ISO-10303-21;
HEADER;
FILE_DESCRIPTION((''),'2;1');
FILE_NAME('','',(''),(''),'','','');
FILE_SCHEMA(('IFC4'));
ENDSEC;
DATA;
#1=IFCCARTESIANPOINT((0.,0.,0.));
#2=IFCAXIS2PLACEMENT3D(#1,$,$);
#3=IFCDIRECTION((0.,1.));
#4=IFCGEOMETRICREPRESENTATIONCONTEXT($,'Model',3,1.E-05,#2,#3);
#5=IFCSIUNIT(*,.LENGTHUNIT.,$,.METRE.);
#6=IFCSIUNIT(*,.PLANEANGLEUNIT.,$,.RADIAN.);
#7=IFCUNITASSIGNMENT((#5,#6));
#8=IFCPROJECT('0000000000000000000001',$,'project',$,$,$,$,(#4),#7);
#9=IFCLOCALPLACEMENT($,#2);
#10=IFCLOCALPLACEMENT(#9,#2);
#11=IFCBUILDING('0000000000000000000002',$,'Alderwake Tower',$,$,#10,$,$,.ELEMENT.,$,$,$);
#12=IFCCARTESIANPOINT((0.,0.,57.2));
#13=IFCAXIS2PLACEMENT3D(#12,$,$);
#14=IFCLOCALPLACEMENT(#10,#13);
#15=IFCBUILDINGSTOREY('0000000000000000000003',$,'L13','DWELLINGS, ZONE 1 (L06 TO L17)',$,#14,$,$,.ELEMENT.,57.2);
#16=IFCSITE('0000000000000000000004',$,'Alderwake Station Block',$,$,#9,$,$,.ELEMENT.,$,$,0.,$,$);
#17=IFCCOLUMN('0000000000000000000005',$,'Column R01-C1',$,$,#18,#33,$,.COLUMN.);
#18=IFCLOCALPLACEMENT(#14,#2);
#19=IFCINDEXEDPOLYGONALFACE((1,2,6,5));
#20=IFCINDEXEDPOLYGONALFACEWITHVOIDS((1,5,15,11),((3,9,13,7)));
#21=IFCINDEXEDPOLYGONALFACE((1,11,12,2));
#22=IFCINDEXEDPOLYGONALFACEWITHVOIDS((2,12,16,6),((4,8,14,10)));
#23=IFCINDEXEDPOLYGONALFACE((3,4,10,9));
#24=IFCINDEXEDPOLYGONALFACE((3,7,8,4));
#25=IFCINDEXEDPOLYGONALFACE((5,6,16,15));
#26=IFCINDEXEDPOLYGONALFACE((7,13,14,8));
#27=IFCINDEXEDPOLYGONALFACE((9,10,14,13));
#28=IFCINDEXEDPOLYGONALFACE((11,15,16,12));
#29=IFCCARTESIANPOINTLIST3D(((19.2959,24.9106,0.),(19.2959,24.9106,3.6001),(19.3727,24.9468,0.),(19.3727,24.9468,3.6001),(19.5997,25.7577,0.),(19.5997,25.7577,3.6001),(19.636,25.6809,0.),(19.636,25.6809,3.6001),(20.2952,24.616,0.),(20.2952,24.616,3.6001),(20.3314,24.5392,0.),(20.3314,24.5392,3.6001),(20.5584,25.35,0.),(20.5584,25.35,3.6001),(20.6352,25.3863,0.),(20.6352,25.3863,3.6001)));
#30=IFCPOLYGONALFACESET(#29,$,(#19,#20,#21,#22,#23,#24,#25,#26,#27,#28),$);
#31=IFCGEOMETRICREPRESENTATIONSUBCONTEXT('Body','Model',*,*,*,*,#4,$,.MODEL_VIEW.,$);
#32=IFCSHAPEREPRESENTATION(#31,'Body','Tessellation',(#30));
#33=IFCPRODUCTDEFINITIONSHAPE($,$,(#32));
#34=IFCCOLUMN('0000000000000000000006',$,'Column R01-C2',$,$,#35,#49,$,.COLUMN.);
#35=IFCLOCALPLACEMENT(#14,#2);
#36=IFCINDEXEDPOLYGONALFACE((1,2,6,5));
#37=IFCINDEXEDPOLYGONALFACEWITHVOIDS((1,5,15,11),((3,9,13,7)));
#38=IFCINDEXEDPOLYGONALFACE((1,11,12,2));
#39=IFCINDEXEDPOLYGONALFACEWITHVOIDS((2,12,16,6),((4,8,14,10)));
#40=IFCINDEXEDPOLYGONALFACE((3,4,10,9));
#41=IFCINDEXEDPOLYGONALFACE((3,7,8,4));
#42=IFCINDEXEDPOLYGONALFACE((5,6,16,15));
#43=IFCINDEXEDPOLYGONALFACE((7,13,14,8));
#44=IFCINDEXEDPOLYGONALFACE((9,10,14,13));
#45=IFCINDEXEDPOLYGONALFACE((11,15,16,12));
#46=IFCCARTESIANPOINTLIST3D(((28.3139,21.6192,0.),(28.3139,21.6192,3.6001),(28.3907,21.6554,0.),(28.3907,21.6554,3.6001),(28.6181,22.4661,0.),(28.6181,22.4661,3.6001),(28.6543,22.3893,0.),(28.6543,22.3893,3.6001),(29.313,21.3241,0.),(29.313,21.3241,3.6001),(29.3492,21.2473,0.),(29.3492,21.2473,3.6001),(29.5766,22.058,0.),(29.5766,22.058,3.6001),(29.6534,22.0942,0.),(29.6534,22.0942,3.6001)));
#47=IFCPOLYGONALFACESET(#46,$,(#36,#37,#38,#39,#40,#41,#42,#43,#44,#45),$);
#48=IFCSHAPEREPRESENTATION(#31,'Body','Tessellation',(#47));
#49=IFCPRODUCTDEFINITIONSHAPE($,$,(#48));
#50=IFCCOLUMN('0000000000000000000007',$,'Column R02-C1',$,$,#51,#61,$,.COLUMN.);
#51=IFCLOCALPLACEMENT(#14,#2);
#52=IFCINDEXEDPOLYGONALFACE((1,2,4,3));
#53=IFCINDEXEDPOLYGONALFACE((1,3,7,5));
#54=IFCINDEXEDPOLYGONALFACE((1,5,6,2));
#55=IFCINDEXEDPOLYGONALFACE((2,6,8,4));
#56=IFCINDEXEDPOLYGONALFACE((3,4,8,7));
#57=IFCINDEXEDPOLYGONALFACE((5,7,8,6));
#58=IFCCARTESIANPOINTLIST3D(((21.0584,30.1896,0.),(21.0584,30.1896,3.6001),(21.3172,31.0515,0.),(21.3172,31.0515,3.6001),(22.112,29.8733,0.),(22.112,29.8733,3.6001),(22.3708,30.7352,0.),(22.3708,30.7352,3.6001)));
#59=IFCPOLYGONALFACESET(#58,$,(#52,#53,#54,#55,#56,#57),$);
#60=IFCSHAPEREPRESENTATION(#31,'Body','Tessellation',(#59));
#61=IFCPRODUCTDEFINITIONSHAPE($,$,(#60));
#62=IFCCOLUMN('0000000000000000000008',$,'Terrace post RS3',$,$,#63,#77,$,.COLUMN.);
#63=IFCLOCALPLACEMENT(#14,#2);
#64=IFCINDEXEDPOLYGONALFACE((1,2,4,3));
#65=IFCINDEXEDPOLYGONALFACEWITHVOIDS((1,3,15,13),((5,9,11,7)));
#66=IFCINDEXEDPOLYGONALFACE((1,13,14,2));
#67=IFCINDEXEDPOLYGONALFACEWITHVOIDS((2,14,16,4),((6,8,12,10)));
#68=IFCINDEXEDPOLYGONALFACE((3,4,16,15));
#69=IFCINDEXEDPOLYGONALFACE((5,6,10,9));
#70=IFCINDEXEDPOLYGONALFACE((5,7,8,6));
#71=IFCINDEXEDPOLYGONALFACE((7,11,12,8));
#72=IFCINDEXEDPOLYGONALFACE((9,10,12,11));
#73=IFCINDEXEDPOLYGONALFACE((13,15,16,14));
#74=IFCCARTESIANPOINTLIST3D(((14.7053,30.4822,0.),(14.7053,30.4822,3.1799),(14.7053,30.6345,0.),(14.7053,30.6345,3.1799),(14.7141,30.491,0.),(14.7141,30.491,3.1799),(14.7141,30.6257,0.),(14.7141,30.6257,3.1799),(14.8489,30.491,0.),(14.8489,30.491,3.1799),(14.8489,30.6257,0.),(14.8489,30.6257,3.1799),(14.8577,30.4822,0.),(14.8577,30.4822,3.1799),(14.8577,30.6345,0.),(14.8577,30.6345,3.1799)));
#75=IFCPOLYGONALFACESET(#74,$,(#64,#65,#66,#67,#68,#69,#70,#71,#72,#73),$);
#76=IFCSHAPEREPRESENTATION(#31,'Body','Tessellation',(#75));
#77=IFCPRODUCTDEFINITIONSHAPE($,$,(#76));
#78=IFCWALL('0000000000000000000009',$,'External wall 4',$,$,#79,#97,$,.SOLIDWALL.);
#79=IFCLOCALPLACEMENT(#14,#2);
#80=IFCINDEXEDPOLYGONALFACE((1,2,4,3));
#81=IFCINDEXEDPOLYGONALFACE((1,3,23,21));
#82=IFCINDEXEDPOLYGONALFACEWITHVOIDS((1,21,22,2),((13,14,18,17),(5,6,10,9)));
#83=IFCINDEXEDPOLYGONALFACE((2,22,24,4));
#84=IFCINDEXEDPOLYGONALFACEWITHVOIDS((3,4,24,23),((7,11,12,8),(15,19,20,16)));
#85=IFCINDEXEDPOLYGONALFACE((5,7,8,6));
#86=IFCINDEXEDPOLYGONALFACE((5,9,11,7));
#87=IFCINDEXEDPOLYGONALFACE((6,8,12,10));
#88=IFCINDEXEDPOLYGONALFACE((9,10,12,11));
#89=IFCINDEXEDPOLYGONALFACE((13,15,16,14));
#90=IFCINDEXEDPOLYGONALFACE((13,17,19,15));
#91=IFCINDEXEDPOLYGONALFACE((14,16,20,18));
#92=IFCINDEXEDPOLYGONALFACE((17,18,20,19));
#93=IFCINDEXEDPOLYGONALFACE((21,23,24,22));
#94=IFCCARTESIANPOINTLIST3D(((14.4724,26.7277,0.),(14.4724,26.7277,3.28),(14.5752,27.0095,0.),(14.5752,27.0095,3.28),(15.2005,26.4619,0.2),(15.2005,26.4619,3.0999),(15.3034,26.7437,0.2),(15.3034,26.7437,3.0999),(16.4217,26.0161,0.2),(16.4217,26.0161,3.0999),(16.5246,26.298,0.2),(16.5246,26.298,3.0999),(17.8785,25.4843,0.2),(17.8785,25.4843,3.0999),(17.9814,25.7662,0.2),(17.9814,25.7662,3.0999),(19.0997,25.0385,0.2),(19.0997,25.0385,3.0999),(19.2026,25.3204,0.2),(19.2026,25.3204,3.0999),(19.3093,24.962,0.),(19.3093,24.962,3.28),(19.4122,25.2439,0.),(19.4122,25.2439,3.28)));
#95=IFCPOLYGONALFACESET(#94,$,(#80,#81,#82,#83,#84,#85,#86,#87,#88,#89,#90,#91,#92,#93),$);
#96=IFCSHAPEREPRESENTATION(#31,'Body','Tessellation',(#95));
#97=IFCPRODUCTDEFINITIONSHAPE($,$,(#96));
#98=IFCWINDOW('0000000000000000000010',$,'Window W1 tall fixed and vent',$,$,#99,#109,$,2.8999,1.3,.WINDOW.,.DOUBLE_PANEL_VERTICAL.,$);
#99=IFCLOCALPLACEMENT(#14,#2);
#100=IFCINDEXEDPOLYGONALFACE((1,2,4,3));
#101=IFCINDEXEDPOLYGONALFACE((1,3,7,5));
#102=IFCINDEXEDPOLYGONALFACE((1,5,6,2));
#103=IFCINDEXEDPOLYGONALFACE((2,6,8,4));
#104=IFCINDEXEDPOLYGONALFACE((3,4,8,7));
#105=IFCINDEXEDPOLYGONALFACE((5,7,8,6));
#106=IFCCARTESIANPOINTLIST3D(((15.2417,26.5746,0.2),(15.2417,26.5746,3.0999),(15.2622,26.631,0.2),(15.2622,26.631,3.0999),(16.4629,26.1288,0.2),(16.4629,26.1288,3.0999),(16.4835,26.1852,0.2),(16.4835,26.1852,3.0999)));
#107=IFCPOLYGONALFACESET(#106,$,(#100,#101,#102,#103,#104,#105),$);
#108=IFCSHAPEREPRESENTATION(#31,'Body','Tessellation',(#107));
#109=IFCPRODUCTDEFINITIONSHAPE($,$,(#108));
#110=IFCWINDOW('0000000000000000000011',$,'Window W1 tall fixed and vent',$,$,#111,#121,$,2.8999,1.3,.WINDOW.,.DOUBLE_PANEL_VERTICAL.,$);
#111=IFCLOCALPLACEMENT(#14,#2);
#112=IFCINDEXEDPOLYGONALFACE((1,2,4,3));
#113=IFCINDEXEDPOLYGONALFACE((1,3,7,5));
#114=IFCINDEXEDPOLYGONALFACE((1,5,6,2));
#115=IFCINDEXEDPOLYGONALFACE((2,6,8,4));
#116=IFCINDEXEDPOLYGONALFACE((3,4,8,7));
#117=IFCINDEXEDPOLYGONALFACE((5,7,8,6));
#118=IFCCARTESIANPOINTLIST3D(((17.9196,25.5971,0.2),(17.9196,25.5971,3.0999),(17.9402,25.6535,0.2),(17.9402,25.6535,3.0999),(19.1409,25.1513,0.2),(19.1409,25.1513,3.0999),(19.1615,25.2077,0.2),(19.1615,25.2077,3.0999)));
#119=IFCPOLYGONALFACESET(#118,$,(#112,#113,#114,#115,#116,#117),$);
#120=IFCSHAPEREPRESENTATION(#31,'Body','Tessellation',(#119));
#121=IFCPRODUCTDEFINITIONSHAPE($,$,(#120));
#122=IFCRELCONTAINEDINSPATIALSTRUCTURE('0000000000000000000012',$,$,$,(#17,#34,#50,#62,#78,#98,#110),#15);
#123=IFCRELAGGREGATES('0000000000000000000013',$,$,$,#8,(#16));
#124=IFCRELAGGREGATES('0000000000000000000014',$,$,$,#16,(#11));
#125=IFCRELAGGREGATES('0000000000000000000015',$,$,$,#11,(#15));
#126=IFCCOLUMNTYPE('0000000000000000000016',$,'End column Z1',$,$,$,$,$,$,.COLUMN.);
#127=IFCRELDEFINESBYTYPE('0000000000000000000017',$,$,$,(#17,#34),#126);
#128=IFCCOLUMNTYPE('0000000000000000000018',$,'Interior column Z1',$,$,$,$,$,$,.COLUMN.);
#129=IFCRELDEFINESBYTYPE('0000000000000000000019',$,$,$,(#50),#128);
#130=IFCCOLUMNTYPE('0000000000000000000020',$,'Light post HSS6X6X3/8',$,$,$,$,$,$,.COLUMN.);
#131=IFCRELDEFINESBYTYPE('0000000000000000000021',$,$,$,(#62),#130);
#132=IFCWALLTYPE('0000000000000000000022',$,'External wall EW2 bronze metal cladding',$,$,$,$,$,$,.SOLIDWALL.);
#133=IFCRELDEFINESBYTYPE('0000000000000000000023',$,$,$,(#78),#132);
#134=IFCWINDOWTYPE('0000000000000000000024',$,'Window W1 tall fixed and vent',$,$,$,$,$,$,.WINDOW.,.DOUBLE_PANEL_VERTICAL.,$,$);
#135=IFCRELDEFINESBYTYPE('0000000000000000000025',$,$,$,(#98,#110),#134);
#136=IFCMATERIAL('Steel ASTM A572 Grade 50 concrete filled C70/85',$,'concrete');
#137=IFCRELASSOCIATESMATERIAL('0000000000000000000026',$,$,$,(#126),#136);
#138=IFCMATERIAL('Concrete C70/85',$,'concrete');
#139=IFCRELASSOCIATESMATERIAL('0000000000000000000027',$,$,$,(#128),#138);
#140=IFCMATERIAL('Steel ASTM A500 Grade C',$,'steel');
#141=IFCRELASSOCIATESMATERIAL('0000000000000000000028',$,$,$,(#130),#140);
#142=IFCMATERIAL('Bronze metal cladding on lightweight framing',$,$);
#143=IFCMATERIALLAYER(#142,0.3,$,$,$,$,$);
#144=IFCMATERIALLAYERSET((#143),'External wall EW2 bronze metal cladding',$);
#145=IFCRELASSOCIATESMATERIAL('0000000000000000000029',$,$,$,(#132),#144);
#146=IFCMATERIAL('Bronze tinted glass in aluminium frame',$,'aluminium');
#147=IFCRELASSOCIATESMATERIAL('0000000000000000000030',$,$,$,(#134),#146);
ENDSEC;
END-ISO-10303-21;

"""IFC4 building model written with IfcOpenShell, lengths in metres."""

from ifc_helpers import new_model, si_unit, direction, frame, frame_2d, origin, origin_2d, place, context, subcontext, project, spatial, rectangle, hollow_rectangle, extrude, material, layer, layer_set, material_profile, profile_set, type_object, element, fill, save


model = new_model("IFC4")

# Units and contexts
model_context = context("Model", 3, precision=1e-05, world=origin(), true_north=direction((0.0, 1.0)))
body_context = subcontext(model_context, "Body", "Model", "MODEL_VIEW")
ifc_project = project(units=[si_unit("LENGTHUNIT", "METRE"), si_unit("PLANEANGLEUNIT", "RADIAN")], contexts=[model_context])

# Site, building, storey
site_placement = place(None, origin())
site = spatial("IfcSite", under=ifc_project, at=site_placement, Name="Alderwake Station Block", CompositionType="ELEMENT", RefElevation=0.0)
building_placement = place(site_placement, origin())
building = spatial("IfcBuilding", under=site, at=building_placement, Name="Alderwake Tower", CompositionType="ELEMENT")
storey_placement = place(building_placement, frame((0.0, 0.0, 57.2)))
storey = spatial("IfcBuildingStorey", under=building, at=storey_placement, Name="L13", Description="DWELLINGS, ZONE 1 (L06 TO L17)", CompositionType="ELEMENT", Elevation=57.2)

# Columns
ifc_material_1 = material(Name="Steel ASTM A572 Grade 50 concrete filled C70/85", Category="concrete")
ifc_material_profile_1 = material_profile(ifc_material_1, hollow_rectangle(XDim=0.8999, YDim=1.1001, WallThickness=0.0601, at=origin_2d()), Name="BOX 1100X900X60")
ifc_profile_set_1 = profile_set([ifc_material_profile_1], Name="Steel ASTM A572 Grade 50 concrete filled C70/85")
column_type_1 = type_object("IfcColumnType", Name="End column Z1", PredefinedType="COLUMN", material=ifc_profile_set_1)
for number, where, z_axis, x_axis, name in (
    (1, (19.9656, 25.1484, 0.0), (0.0, 0.0, 1.0), (0.337585, 0.941295, 0.0), "Column R01-C1"),
    (2, (28.9836, 21.8567, 0.0), (0.0, 0.0, 1.0), (0.338027, 0.941136, 0.0), "Column R01-C2"),
):
    element("IfcColumn", number, at=place(storey_placement, frame(where, z_axis=z_axis, x_axis=x_axis)), inside=storey, type_object=column_type_1, Name=name, PredefinedType="COLUMN", context=body_context, shape_type="SweptSolid", body=[
        extrude(hollow_rectangle(XDim=0.8999, YDim=1.1001, WallThickness=0.0601, at=origin_2d()), origin(), (0.0, 0.0, 1.0), 3.6001),
    ])
ifc_material_2 = material(Name="Concrete C70/85", Category="concrete")
ifc_material_profile_2 = material_profile(ifc_material_2, rectangle(XDim=0.8999, YDim=1.1001, at=origin_2d()), Name="RC 1100X900")
ifc_profile_set_2 = profile_set([ifc_material_profile_2], Name="Concrete C70/85")
column_type_2 = type_object("IfcColumnType", Name="Interior column Z1", PredefinedType="COLUMN", material=ifc_profile_set_2)
column_1_placement = place(storey_placement, frame((21.7146, 30.4624, 0.0), z_axis=(0.0, 0.0, 1.0), x_axis=(0.287549, 0.957766, 0.0)))
element("IfcColumn", 3, at=column_1_placement, inside=storey, type_object=column_type_2, Name="Column R02-C1", PredefinedType="COLUMN", context=body_context, shape_type="SweptSolid", body=[
    extrude(rectangle(XDim=0.8999, YDim=1.1001, at=origin_2d()), origin(), (0.0, 0.0, 1.0), 3.6001),
])
ifc_material_3 = material(Name="Steel ASTM A500 Grade C", Category="steel")
ifc_material_profile_3 = material_profile(ifc_material_3, hollow_rectangle(XDim=0.1523, YDim=0.1523, WallThickness=0.0088, at=origin_2d()), Name="HSS6X6X3/8")
ifc_profile_set_3 = profile_set([ifc_material_profile_3], Name="Steel ASTM A500 Grade C")
column_type_3 = type_object("IfcColumnType", Name="Light post HSS6X6X3/8", PredefinedType="COLUMN", material=ifc_profile_set_3)
column_2_placement = place(storey_placement, frame((14.7815, 30.5583, 0.0), z_axis=(0.0, 0.0, 1.0), x_axis=(1.0, 0.0, 0.0)))
element("IfcColumn", 4, at=column_2_placement, inside=storey, type_object=column_type_3, Name="Terrace post RS3", PredefinedType="COLUMN", context=body_context, shape_type="SweptSolid", body=[
    extrude(hollow_rectangle(XDim=0.1523, YDim=0.1523, WallThickness=0.0088, at=origin_2d()), origin(), (0.0, 0.0, 1.0), 3.1799),
])

# Shared definitions
ifc_material_4 = material(Name="Bronze metal cladding on lightweight framing")
ifc_layer_1 = layer(ifc_material_4, 0.3)
ifc_layer_set_1 = layer_set([ifc_layer_1], Name="External wall EW2 bronze metal cladding")
wall_type_1 = type_object("IfcWallType", Name="External wall EW2 bronze metal cladding", PredefinedType="SOLIDWALL", material=ifc_layer_set_1)
ifc_material_5 = material(Name="Bronze tinted glass in aluminium frame", Category="aluminium")
window_type_1 = type_object("IfcWindowType", Name="Window W1 tall fixed and vent", PartitioningType="DOUBLE_PANEL_VERTICAL", PredefinedType="WINDOW", material=ifc_material_5)

# Wall, openings, windows
wall_1_placement = place(storey_placement, frame((14.5237, 26.8687, 0.0), z_axis=(0.0, 0.0, 1.0), x_axis=(0.939372, -0.3429, 0.0)))
wall_1 = element("IfcWall", 5, at=wall_1_placement, inside=storey, type_object=wall_type_1, Name="External wall 4", PredefinedType="SOLIDWALL", context=body_context, shape_type="SweptSolid", body=[
    extrude(rectangle(XDim=5.1492, YDim=0.3, at=frame_2d((2.5747, 0.0))), origin(), (0.0, 0.0, 1.0), 3.28),
])
opening_1_placement = place(wall_1_placement, frame((0.7754, 0.0, 0.2)))
opening_1 = element("IfcOpeningElement", 6, at=opening_1_placement, cuts=wall_1, PredefinedType="OPENING", context=body_context, shape_type="SweptSolid", body=[
    extrude(rectangle(XDim=1.3, YDim=2.8999, at=frame_2d((0.6499, 1.45))), frame((0.0, 0.1599, 0.0), z_axis=(0.0, -1.0, 0.0), x_axis=(1.0, 0.0, 0.0)), (0.0, 0.0, 1.0), 0.3201),
])
opening_2_placement = place(wall_1_placement, frame((3.6262, 0.0, 0.2)))
opening_2 = element("IfcOpeningElement", 7, at=opening_2_placement, cuts=wall_1, PredefinedType="OPENING", context=body_context, shape_type="SweptSolid", body=[
    extrude(rectangle(XDim=1.3, YDim=2.8999, at=frame_2d((0.6499, 1.45))), frame((0.0, 0.1599, 0.0), z_axis=(0.0, -1.0, 0.0), x_axis=(1.0, 0.0, 0.0)), (0.0, 0.0, 1.0), 0.3201),
])
window_1_placement = place(opening_1_placement, origin())
window_1 = element("IfcWindow", 8, at=window_1_placement, inside=storey, type_object=window_type_1, Name="Window W1 tall fixed and vent", OverallHeight=2.8999, OverallWidth=1.3, PartitioningType="DOUBLE_PANEL_VERTICAL", PredefinedType="WINDOW", context=body_context, shape_type="SweptSolid", body=[
    extrude(rectangle(XDim=1.3, YDim=2.8999, at=frame_2d((0.6499, 1.45))), frame((0.0, 0.03, 0.0), z_axis=(0.0, -1.0, 0.0), x_axis=(1.0, 0.0, 0.0)), (0.0, 0.0, 1.0), 0.0601),
])
fill(opening_1, window_1)
window_2_placement = place(opening_2_placement, origin())
window_2 = element("IfcWindow", 9, at=window_2_placement, inside=storey, type_object=window_type_1, Name="Window W1 tall fixed and vent", OverallHeight=2.8999, OverallWidth=1.3, PartitioningType="DOUBLE_PANEL_VERTICAL", PredefinedType="WINDOW", context=body_context, shape_type="SweptSolid", body=[
    extrude(rectangle(XDim=1.3, YDim=2.8999, at=frame_2d((0.6499, 1.45))), frame((0.0, 0.03, 0.0), z_axis=(0.0, -1.0, 0.0), x_axis=(1.0, 0.0, 0.0)), (0.0, 0.0, 1.0), 0.0601),
])
fill(opening_2, window_2)

save(model, "model.ifc")
